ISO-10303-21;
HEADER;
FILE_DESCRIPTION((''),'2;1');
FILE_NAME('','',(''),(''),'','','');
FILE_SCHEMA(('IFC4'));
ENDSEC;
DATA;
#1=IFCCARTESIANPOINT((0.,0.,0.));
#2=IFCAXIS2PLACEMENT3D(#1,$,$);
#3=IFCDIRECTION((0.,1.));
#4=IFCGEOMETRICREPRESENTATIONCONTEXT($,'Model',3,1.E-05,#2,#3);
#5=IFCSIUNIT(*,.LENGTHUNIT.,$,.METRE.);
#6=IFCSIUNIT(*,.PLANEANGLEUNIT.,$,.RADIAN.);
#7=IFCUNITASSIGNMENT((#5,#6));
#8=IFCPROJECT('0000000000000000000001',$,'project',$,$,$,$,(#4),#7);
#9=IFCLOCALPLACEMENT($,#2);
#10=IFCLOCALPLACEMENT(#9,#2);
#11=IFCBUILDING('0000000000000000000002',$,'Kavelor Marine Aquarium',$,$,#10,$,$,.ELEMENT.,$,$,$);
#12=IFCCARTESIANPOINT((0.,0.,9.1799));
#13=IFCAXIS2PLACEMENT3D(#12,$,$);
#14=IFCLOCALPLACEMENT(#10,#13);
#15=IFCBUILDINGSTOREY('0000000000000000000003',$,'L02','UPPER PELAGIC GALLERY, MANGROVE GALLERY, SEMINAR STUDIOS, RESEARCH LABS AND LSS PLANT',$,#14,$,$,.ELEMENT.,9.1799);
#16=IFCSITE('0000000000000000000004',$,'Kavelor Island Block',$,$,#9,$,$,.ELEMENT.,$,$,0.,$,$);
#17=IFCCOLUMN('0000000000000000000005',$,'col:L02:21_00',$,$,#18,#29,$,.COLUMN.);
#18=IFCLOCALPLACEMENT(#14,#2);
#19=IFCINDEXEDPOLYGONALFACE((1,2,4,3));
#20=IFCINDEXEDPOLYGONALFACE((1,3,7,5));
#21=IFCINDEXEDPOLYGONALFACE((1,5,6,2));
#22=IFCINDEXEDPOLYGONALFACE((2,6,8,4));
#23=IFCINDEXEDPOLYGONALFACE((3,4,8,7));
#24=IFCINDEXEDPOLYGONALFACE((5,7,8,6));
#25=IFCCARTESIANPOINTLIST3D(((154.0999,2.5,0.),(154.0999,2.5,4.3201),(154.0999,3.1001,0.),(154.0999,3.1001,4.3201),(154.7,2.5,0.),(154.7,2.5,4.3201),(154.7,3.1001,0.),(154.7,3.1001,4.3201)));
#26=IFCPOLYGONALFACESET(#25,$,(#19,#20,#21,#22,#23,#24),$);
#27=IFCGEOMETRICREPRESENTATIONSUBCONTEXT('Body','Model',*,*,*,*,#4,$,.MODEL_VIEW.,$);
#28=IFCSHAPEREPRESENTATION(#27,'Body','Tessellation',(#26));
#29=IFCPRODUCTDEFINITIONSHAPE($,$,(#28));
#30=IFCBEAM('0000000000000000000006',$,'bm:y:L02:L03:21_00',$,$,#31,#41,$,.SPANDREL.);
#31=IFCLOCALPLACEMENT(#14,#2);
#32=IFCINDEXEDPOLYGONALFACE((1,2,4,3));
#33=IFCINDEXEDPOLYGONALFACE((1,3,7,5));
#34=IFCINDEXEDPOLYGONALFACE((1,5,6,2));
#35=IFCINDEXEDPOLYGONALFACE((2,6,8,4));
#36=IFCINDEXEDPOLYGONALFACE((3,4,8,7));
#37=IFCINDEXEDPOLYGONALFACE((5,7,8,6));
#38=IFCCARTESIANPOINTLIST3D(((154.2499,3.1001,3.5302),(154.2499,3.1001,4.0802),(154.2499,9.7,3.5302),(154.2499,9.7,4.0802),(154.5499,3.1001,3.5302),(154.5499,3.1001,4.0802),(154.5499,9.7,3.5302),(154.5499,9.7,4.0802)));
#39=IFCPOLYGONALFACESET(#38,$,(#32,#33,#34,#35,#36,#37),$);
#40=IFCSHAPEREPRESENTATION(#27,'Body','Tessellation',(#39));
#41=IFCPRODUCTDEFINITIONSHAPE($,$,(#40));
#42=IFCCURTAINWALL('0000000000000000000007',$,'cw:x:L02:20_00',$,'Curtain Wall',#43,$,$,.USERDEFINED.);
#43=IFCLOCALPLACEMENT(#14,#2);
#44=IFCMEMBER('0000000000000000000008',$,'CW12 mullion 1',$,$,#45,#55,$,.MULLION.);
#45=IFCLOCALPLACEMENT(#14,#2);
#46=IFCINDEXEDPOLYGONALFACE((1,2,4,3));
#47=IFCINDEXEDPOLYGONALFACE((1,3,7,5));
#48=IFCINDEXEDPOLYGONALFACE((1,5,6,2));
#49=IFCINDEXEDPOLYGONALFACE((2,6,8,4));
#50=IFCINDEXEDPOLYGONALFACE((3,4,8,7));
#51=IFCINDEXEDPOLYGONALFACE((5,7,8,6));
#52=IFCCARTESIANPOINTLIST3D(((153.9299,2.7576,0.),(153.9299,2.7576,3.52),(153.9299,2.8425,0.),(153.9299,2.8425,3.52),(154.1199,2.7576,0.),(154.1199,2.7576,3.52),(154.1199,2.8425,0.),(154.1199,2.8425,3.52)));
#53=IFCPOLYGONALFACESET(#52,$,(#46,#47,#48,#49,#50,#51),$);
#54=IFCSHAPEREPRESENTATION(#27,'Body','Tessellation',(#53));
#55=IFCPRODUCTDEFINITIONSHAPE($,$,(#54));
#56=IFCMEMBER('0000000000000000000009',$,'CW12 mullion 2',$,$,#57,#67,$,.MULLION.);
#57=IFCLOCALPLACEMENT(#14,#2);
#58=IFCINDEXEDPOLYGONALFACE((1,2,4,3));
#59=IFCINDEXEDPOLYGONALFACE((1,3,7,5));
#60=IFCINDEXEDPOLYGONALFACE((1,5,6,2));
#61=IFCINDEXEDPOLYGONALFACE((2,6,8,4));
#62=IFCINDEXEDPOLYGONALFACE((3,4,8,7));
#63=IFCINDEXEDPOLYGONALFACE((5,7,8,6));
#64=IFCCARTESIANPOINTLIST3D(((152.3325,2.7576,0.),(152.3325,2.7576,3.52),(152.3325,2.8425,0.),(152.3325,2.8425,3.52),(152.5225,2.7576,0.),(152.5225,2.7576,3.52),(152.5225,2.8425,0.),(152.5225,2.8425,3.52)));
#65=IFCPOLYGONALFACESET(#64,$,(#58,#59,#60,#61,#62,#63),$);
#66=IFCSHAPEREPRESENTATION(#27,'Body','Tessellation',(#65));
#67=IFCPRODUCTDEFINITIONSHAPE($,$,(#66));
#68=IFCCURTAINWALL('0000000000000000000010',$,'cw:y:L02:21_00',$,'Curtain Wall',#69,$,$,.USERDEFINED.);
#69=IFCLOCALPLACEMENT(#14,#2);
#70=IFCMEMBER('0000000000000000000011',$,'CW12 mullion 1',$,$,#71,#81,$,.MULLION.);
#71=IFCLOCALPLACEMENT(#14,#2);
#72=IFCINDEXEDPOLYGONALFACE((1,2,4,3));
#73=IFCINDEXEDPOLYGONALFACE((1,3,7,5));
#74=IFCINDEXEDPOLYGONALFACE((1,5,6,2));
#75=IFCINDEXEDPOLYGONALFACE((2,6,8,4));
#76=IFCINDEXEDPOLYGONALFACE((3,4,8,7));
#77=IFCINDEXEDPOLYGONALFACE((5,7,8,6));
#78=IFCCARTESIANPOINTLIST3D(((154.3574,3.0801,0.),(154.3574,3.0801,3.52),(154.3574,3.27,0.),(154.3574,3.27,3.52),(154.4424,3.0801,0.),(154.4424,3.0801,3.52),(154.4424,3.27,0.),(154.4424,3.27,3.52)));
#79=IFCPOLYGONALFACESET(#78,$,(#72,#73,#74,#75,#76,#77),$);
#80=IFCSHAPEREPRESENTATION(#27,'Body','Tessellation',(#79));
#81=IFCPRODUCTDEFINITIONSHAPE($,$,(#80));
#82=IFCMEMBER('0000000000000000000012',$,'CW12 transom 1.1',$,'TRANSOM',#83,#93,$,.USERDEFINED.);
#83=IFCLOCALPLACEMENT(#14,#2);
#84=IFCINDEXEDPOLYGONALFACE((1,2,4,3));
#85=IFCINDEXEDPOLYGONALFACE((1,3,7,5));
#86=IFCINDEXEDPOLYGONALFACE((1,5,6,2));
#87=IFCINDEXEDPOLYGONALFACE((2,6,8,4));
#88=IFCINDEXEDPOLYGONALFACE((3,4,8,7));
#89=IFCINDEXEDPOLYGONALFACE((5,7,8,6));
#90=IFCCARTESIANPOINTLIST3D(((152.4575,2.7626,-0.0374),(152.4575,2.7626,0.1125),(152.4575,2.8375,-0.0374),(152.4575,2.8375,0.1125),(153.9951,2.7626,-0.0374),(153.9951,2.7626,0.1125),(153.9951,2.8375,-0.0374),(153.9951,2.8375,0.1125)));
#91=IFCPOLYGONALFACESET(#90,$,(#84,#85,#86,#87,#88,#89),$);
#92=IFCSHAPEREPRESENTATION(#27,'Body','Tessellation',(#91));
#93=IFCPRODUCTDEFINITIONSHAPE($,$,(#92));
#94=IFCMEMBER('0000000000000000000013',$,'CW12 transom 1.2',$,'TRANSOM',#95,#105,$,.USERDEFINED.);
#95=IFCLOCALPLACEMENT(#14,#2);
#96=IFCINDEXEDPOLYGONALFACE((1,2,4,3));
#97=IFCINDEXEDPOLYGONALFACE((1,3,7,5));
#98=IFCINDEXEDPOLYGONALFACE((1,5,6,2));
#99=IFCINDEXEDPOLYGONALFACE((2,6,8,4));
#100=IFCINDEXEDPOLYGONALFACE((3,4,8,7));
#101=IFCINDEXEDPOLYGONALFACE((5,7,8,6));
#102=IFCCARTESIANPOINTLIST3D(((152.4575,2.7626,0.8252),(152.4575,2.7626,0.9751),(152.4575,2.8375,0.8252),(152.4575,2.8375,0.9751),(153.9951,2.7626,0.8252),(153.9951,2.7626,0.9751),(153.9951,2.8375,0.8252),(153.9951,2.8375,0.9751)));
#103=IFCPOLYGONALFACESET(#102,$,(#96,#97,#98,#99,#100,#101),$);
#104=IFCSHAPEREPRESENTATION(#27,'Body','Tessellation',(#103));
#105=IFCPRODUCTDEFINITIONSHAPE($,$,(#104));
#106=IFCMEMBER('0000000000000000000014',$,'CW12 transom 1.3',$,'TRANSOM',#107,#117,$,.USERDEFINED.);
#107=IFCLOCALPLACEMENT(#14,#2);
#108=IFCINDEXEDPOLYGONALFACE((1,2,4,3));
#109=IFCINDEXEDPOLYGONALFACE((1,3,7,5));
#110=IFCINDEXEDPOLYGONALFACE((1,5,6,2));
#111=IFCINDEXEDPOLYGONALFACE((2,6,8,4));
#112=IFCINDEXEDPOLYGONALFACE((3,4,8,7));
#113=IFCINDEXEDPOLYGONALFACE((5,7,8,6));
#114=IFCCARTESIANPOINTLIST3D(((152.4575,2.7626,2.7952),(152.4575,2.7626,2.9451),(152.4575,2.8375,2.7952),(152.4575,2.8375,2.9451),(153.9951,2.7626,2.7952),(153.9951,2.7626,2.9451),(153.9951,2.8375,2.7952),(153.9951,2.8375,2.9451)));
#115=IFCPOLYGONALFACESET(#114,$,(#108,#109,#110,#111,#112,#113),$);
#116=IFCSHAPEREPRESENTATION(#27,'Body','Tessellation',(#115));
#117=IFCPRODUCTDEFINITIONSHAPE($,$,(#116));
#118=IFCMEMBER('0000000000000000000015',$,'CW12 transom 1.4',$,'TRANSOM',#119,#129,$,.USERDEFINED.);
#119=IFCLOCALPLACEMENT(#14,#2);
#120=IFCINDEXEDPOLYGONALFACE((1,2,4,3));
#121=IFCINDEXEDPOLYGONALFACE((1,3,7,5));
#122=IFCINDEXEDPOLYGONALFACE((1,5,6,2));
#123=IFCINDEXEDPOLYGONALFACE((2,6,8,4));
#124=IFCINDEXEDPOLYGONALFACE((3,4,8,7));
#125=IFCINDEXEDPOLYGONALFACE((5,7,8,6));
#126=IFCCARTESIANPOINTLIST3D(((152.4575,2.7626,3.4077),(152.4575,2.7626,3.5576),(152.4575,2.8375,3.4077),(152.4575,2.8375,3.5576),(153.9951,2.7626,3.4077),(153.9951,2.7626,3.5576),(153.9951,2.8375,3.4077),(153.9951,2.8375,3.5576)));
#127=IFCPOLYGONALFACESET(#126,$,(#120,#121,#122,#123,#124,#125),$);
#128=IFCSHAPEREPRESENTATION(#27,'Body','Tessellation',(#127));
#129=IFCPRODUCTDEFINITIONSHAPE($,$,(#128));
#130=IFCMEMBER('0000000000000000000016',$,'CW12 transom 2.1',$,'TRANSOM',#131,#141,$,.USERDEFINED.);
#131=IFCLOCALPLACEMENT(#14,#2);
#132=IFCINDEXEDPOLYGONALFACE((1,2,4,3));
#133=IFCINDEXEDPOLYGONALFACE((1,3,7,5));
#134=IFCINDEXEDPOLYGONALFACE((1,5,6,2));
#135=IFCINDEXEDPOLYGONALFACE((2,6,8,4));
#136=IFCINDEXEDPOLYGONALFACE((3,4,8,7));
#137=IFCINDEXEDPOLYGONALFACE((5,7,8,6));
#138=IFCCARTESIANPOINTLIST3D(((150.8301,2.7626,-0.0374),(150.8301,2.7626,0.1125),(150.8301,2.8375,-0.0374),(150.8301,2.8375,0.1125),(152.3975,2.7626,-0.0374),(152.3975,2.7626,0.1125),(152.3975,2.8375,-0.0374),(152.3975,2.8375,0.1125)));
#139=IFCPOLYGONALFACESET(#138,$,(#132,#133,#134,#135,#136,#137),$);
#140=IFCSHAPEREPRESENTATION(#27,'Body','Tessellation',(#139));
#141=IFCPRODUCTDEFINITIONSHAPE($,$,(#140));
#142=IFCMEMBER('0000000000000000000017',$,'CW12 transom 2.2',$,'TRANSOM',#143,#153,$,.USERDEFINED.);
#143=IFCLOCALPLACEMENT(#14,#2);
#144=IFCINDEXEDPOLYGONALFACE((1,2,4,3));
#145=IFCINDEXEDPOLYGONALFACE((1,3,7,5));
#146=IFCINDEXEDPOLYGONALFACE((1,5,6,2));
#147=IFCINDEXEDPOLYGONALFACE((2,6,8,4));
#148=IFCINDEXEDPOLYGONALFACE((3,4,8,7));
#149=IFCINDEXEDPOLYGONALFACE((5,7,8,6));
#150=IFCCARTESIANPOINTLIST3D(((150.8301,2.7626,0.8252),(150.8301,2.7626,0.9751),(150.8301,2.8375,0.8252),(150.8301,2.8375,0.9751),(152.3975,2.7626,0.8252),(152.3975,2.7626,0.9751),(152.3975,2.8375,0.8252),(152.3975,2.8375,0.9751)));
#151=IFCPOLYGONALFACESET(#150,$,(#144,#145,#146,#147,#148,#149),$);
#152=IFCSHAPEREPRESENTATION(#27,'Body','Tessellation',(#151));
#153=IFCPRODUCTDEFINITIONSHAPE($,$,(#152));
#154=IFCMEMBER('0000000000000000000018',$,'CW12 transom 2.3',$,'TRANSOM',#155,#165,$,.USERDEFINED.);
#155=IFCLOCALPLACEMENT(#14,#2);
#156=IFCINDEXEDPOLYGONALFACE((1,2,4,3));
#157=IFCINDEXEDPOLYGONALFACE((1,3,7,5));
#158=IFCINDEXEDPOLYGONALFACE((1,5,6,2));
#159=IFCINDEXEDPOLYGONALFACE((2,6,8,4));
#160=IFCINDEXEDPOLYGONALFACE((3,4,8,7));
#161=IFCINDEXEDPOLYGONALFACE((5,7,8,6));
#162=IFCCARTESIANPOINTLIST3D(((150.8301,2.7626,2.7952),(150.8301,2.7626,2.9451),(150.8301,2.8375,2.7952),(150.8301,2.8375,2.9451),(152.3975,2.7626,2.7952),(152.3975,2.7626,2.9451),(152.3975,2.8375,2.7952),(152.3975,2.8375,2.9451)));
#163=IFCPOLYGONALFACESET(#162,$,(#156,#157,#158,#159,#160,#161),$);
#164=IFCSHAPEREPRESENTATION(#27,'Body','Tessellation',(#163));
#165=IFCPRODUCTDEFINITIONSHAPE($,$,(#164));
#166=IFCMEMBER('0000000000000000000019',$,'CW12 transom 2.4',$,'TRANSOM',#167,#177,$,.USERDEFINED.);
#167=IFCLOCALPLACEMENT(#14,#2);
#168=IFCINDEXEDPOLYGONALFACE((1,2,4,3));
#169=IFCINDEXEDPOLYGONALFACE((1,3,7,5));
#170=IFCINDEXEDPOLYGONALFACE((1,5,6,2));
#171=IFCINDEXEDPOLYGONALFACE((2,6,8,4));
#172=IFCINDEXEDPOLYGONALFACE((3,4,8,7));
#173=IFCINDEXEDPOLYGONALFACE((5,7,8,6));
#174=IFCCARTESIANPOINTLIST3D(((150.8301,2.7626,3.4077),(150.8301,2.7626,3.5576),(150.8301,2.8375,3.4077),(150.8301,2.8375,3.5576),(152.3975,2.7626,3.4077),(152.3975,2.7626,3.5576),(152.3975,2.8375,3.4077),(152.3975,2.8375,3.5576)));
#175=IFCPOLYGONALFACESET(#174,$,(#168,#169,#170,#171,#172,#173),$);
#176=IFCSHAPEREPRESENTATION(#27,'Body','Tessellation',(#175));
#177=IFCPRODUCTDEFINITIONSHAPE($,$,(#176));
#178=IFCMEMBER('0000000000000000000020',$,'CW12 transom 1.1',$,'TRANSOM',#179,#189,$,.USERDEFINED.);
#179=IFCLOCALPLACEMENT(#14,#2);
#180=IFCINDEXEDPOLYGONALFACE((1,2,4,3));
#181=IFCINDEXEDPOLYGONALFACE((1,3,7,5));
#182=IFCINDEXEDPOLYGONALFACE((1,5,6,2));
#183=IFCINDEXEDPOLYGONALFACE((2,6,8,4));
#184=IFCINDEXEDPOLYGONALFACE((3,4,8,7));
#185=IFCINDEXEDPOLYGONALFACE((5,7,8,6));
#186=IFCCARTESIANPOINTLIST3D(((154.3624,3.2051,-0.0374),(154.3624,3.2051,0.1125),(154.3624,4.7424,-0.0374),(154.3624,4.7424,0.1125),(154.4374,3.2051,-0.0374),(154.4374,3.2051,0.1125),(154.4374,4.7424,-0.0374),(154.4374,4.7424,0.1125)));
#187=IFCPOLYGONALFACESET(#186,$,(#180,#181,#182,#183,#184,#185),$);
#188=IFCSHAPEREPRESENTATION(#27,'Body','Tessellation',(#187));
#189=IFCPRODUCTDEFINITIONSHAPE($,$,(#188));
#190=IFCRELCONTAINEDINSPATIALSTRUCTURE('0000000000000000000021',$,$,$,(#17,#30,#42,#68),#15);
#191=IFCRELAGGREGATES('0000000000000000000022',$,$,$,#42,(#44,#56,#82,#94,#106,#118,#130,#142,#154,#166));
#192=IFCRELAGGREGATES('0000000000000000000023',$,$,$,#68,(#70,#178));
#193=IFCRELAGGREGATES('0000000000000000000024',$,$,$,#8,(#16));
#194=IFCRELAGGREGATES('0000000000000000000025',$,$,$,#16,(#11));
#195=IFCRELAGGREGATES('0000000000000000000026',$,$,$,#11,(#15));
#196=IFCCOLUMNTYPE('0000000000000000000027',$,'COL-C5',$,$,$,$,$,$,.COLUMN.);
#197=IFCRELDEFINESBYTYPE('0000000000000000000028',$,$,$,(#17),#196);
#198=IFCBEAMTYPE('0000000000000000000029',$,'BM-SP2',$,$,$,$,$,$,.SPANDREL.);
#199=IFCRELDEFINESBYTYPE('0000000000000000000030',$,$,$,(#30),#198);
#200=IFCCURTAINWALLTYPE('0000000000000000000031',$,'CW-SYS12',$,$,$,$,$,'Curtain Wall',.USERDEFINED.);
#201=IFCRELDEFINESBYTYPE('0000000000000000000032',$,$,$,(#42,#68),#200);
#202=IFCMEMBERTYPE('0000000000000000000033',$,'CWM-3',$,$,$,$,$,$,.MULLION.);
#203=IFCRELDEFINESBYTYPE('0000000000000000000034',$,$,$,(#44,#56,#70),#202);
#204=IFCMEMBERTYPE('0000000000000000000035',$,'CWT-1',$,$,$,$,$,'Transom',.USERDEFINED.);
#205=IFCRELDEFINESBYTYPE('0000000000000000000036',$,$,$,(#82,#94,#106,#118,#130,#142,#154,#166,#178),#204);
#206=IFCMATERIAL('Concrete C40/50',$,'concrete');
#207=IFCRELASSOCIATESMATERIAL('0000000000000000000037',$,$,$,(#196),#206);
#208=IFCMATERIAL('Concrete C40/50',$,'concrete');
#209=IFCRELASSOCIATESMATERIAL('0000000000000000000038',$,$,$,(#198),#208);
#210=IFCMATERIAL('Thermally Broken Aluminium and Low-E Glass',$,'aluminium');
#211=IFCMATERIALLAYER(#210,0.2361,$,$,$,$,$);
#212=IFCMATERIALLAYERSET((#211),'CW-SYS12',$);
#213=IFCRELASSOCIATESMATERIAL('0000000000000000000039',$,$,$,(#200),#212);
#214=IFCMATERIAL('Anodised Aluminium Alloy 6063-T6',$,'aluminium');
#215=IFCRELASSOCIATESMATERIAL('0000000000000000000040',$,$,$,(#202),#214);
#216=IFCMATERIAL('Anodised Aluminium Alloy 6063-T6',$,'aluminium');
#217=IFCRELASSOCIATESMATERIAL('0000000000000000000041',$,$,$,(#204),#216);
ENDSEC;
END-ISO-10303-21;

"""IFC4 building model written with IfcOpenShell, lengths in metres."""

from ifc_helpers import new_model, si_unit, direction, frame, origin, origin_2d, place, context, subcontext, project, spatial, rectangle, extrude, material, layer, layer_set, material_profile, profile_set, type_object, element, aggregate, save


model = new_model("IFC4")

# Units and contexts
model_context = context("Model", 3, precision=1e-05, world=origin(), true_north=direction((0.0, 1.0)))
body_context = subcontext(model_context, "Body", "Model", "MODEL_VIEW")
ifc_project = project(units=[si_unit("LENGTHUNIT", "METRE"), si_unit("PLANEANGLEUNIT", "RADIAN")], contexts=[model_context])

# Site, building, storey
site_placement = place(None, origin())
site = spatial("IfcSite", under=ifc_project, at=site_placement, Name="Kavelor Island Block", CompositionType="ELEMENT", RefElevation=0.0)
building_placement = place(site_placement, origin())
building = spatial("IfcBuilding", under=site, at=building_placement, Name="Kavelor Marine Aquarium", CompositionType="ELEMENT")
storey_placement = place(building_placement, frame((0.0, 0.0, 9.1799)))
storey = spatial("IfcBuildingStorey", under=building, at=storey_placement, Name="L02", Description="UPPER PELAGIC GALLERY, MANGROVE GALLERY, SEMINAR STUDIOS, RESEARCH LABS AND LSS PLANT", CompositionType="ELEMENT", Elevation=9.1799)

# Column
ifc_material_1 = material(Name="Concrete C40/50", Category="concrete")
ifc_material_profile_1 = material_profile(ifc_material_1, rectangle(XDim=0.6001, YDim=0.6001, at=origin_2d()), Name="RC-COL 600x600")
ifc_profile_set_1 = profile_set([ifc_material_profile_1], Name="Concrete C40/50")
column_type = type_object("IfcColumnType", Name="COL-C5", PredefinedType="COLUMN", material=ifc_profile_set_1)
column_placement = place(storey_placement, frame((154.3999, 2.8, 0.0), z_axis=(0.0, 0.0, 1.0), x_axis=(1.0, 0.0, 0.0)))
element("IfcColumn", 1, at=column_placement, inside=storey, type_object=column_type, Name="col:L02:21_00", PredefinedType="COLUMN", context=body_context, shape_type="SweptSolid", body=[
    extrude(rectangle(XDim=0.6001, YDim=0.6001, at=origin_2d()), origin(), (0.0, 0.0, 1.0), 4.3201),
])

# Beam
ifc_material_2 = material(Name="Concrete C40/50", Category="concrete")
ifc_material_profile_2 = material_profile(ifc_material_2, rectangle(XDim=0.3, YDim=0.55, at=origin_2d()), Name="RC-SP 300x550")
ifc_profile_set_2 = profile_set([ifc_material_profile_2], Name="Concrete C40/50")
beam_type = type_object("IfcBeamType", Name="BM-SP2", PredefinedType="SPANDREL", material=ifc_profile_set_2)
beam_placement = place(storey_placement, frame((154.3999, 3.1001, 3.8052), z_axis=(0.0, 1.0, 0.0), x_axis=(-1.0, 0.0, 0.0)))
element("IfcBeam", 2, at=beam_placement, inside=storey, type_object=beam_type, Name="bm:y:L02:L03:21_00", PredefinedType="SPANDREL", context=body_context, shape_type="SweptSolid", body=[
    extrude(rectangle(XDim=0.3, YDim=0.55, at=origin_2d()), origin(), (0.0, 0.0, 1.0), 6.5999),
])

# Curtain wall, members
ifc_material_3 = material(Name="Thermally Broken Aluminium and Low-E Glass", Category="aluminium")
ifc_layer_1 = layer(ifc_material_3, 0.2361)
ifc_layer_set_1 = layer_set([ifc_layer_1], Name="CW-SYS12")
curtain_wall_type = type_object("IfcCurtainWallType", Name="CW-SYS12", ElementType="Curtain Wall", PredefinedType="USERDEFINED", material=ifc_layer_set_1)
curtain_wall_1_placement = place(storey_placement, origin())
curtain_wall_1 = element("IfcCurtainWall", 3, at=curtain_wall_1_placement, inside=storey, type_object=curtain_wall_type, Name="cw:x:L02:20_00", ObjectType="Curtain Wall", PredefinedType="USERDEFINED")
ifc_material_4 = material(Name="Anodised Aluminium Alloy 6063-T6", Category="aluminium")
ifc_material_profile_3 = material_profile(ifc_material_4, rectangle(XDim=0.085, YDim=0.1899, at=origin_2d()), Name="CW-MUL 85x190")
ifc_profile_set_3 = profile_set([ifc_material_profile_3], Name="Anodised Aluminium Alloy 6063-T6")
member_type_1 = type_object("IfcMemberType", Name="CWM-3", PredefinedType="MULLION", material=ifc_profile_set_3)
member_1_placement = place(storey_placement, frame((154.0249, 2.8, 0.0), z_axis=(0.0, 0.0, 1.0), x_axis=(0.0, -1.0, 0.0)))
member_1 = element("IfcMember", 4, at=member_1_placement, type_object=member_type_1, Name="CW12 mullion 1", PredefinedType="MULLION", context=body_context, shape_type="SweptSolid", body=[
    extrude(rectangle(XDim=0.085, YDim=0.1899, at=origin_2d()), origin(), (0.0, 0.0, 1.0), 3.52),
])
member_2_placement = place(storey_placement, frame((152.4275, 2.8, 0.0), z_axis=(0.0, 0.0, 1.0), x_axis=(0.0, -1.0, 0.0)))
member_2 = element("IfcMember", 5, at=member_2_placement, type_object=member_type_1, Name="CW12 mullion 2", PredefinedType="MULLION", context=body_context, shape_type="SweptSolid", body=[
    extrude(rectangle(XDim=0.085, YDim=0.1899, at=origin_2d()), origin(), (0.0, 0.0, 1.0), 3.52),
])

# Curtain wall, member
curtain_wall_2_placement = place(storey_placement, origin())
curtain_wall_2 = element("IfcCurtainWall", 6, at=curtain_wall_2_placement, inside=storey, type_object=curtain_wall_type, Name="cw:y:L02:21_00", ObjectType="Curtain Wall", PredefinedType="USERDEFINED")
member_3_placement = place(storey_placement, frame((154.3999, 3.175, 0.0), z_axis=(0.0, 0.0, 1.0), x_axis=(-1.0, 0.0, 0.0)))
member_3 = element("IfcMember", 7, at=member_3_placement, type_object=member_type_1, Name="CW12 mullion 1", PredefinedType="MULLION", context=body_context, shape_type="SweptSolid", body=[
    extrude(rectangle(XDim=0.085, YDim=0.1899, at=origin_2d()), origin(), (0.0, 0.0, 1.0), 3.52),
])

# Members
ifc_material_5 = material(Name="Anodised Aluminium Alloy 6063-T6", Category="aluminium")
ifc_material_profile_4 = material_profile(ifc_material_5, rectangle(XDim=0.075, YDim=0.1499, at=origin_2d()), Name="CW-TRN 75x150")
ifc_profile_set_4 = profile_set([ifc_material_profile_4], Name="Anodised Aluminium Alloy 6063-T6")
member_type_2 = type_object("IfcMemberType", Name="CWT-1", ElementType="Transom", PredefinedType="USERDEFINED", material=ifc_profile_set_4)
member_4_placement = place(storey_placement, frame((153.9951, 2.8, 0.0376), z_axis=(-1.0, 0.0, 0.0), x_axis=(0.0, -1.0, 0.0)))
member_4 = element("IfcMember", 8, at=member_4_placement, type_object=member_type_2, Name="CW12 transom 1.1", ObjectType="TRANSOM", PredefinedType="USERDEFINED", context=body_context, shape_type="SweptSolid", body=[
    extrude(rectangle(XDim=0.075, YDim=0.1499, at=origin_2d()), origin(), (0.0, 0.0, 1.0), 1.5376),
])
member_5_placement = place(storey_placement, frame((153.9951, 2.8, 0.9001), z_axis=(-1.0, 0.0, 0.0), x_axis=(0.0, -1.0, 0.0)))
member_5 = element("IfcMember", 9, at=member_5_placement, type_object=member_type_2, Name="CW12 transom 1.2", ObjectType="TRANSOM", PredefinedType="USERDEFINED", context=body_context, shape_type="SweptSolid", body=[
    extrude(rectangle(XDim=0.075, YDim=0.1499, at=origin_2d()), origin(), (0.0, 0.0, 1.0), 1.5376),
])
member_6_placement = place(storey_placement, frame((153.9951, 2.8, 2.8701), z_axis=(-1.0, 0.0, 0.0), x_axis=(0.0, -1.0, 0.0)))
member_6 = element("IfcMember", 10, at=member_6_placement, type_object=member_type_2, Name="CW12 transom 1.3", ObjectType="TRANSOM", PredefinedType="USERDEFINED", context=body_context, shape_type="SweptSolid", body=[
    extrude(rectangle(XDim=0.075, YDim=0.1499, at=origin_2d()), origin(), (0.0, 0.0, 1.0), 1.5376),
])
member_7_placement = place(storey_placement, frame((153.9951, 2.8, 3.4827), z_axis=(-1.0, 0.0, 0.0), x_axis=(0.0, -1.0, 0.0)))
member_7 = element("IfcMember", 11, at=member_7_placement, type_object=member_type_2, Name="CW12 transom 1.4", ObjectType="TRANSOM", PredefinedType="USERDEFINED", context=body_context, shape_type="SweptSolid", body=[
    extrude(rectangle(XDim=0.075, YDim=0.1499, at=origin_2d()), origin(), (0.0, 0.0, 1.0), 1.5376),
])
member_8_placement = place(storey_placement, frame((152.3975, 2.8, 0.0376), z_axis=(-1.0, 0.0, 0.0), x_axis=(0.0, -1.0, 0.0)))
member_8 = element("IfcMember", 12, at=member_8_placement, type_object=member_type_2, Name="CW12 transom 2.1", ObjectType="TRANSOM", PredefinedType="USERDEFINED", context=body_context, shape_type="SweptSolid", body=[
    extrude(rectangle(XDim=0.075, YDim=0.1499, at=origin_2d()), origin(), (0.0, 0.0, 1.0), 1.5674),
])
member_9_placement = place(storey_placement, frame((152.3975, 2.8, 0.9001), z_axis=(-1.0, 0.0, 0.0), x_axis=(0.0, -1.0, 0.0)))
member_9 = element("IfcMember", 13, at=member_9_placement, type_object=member_type_2, Name="CW12 transom 2.2", ObjectType="TRANSOM", PredefinedType="USERDEFINED", context=body_context, shape_type="SweptSolid", body=[
    extrude(rectangle(XDim=0.075, YDim=0.1499, at=origin_2d()), origin(), (0.0, 0.0, 1.0), 1.5674),
])
member_10_placement = place(storey_placement, frame((152.3975, 2.8, 2.8701), z_axis=(-1.0, 0.0, 0.0), x_axis=(0.0, -1.0, 0.0)))
member_10 = element("IfcMember", 14, at=member_10_placement, type_object=member_type_2, Name="CW12 transom 2.3", ObjectType="TRANSOM", PredefinedType="USERDEFINED", context=body_context, shape_type="SweptSolid", body=[
    extrude(rectangle(XDim=0.075, YDim=0.1499, at=origin_2d()), origin(), (0.0, 0.0, 1.0), 1.5674),
])
member_11_placement = place(storey_placement, frame((152.3975, 2.8, 3.4827), z_axis=(-1.0, 0.0, 0.0), x_axis=(0.0, -1.0, 0.0)))
member_11 = element("IfcMember", 15, at=member_11_placement, type_object=member_type_2, Name="CW12 transom 2.4", ObjectType="TRANSOM", PredefinedType="USERDEFINED", context=body_context, shape_type="SweptSolid", body=[
    extrude(rectangle(XDim=0.075, YDim=0.1499, at=origin_2d()), origin(), (0.0, 0.0, 1.0), 1.5674),
])
member_12_placement = place(storey_placement, frame((154.3999, 3.2051, 0.0376), z_axis=(0.0, 1.0, 0.0), x_axis=(-1.0, 0.0, 0.0)))
member_12 = element("IfcMember", 16, at=member_12_placement, type_object=member_type_2, Name="CW12 transom 1.1", ObjectType="TRANSOM", PredefinedType="USERDEFINED", context=body_context, shape_type="SweptSolid", body=[
    extrude(rectangle(XDim=0.075, YDim=0.1499, at=origin_2d()), origin(), (0.0, 0.0, 1.0), 1.5374),
])

aggregate(curtain_wall_1, [member_1, member_2, member_4, member_5, member_6, member_7, member_8, member_9, member_10, member_11])
aggregate(curtain_wall_2, [member_3, member_12])

save(model, "model.ifc")
